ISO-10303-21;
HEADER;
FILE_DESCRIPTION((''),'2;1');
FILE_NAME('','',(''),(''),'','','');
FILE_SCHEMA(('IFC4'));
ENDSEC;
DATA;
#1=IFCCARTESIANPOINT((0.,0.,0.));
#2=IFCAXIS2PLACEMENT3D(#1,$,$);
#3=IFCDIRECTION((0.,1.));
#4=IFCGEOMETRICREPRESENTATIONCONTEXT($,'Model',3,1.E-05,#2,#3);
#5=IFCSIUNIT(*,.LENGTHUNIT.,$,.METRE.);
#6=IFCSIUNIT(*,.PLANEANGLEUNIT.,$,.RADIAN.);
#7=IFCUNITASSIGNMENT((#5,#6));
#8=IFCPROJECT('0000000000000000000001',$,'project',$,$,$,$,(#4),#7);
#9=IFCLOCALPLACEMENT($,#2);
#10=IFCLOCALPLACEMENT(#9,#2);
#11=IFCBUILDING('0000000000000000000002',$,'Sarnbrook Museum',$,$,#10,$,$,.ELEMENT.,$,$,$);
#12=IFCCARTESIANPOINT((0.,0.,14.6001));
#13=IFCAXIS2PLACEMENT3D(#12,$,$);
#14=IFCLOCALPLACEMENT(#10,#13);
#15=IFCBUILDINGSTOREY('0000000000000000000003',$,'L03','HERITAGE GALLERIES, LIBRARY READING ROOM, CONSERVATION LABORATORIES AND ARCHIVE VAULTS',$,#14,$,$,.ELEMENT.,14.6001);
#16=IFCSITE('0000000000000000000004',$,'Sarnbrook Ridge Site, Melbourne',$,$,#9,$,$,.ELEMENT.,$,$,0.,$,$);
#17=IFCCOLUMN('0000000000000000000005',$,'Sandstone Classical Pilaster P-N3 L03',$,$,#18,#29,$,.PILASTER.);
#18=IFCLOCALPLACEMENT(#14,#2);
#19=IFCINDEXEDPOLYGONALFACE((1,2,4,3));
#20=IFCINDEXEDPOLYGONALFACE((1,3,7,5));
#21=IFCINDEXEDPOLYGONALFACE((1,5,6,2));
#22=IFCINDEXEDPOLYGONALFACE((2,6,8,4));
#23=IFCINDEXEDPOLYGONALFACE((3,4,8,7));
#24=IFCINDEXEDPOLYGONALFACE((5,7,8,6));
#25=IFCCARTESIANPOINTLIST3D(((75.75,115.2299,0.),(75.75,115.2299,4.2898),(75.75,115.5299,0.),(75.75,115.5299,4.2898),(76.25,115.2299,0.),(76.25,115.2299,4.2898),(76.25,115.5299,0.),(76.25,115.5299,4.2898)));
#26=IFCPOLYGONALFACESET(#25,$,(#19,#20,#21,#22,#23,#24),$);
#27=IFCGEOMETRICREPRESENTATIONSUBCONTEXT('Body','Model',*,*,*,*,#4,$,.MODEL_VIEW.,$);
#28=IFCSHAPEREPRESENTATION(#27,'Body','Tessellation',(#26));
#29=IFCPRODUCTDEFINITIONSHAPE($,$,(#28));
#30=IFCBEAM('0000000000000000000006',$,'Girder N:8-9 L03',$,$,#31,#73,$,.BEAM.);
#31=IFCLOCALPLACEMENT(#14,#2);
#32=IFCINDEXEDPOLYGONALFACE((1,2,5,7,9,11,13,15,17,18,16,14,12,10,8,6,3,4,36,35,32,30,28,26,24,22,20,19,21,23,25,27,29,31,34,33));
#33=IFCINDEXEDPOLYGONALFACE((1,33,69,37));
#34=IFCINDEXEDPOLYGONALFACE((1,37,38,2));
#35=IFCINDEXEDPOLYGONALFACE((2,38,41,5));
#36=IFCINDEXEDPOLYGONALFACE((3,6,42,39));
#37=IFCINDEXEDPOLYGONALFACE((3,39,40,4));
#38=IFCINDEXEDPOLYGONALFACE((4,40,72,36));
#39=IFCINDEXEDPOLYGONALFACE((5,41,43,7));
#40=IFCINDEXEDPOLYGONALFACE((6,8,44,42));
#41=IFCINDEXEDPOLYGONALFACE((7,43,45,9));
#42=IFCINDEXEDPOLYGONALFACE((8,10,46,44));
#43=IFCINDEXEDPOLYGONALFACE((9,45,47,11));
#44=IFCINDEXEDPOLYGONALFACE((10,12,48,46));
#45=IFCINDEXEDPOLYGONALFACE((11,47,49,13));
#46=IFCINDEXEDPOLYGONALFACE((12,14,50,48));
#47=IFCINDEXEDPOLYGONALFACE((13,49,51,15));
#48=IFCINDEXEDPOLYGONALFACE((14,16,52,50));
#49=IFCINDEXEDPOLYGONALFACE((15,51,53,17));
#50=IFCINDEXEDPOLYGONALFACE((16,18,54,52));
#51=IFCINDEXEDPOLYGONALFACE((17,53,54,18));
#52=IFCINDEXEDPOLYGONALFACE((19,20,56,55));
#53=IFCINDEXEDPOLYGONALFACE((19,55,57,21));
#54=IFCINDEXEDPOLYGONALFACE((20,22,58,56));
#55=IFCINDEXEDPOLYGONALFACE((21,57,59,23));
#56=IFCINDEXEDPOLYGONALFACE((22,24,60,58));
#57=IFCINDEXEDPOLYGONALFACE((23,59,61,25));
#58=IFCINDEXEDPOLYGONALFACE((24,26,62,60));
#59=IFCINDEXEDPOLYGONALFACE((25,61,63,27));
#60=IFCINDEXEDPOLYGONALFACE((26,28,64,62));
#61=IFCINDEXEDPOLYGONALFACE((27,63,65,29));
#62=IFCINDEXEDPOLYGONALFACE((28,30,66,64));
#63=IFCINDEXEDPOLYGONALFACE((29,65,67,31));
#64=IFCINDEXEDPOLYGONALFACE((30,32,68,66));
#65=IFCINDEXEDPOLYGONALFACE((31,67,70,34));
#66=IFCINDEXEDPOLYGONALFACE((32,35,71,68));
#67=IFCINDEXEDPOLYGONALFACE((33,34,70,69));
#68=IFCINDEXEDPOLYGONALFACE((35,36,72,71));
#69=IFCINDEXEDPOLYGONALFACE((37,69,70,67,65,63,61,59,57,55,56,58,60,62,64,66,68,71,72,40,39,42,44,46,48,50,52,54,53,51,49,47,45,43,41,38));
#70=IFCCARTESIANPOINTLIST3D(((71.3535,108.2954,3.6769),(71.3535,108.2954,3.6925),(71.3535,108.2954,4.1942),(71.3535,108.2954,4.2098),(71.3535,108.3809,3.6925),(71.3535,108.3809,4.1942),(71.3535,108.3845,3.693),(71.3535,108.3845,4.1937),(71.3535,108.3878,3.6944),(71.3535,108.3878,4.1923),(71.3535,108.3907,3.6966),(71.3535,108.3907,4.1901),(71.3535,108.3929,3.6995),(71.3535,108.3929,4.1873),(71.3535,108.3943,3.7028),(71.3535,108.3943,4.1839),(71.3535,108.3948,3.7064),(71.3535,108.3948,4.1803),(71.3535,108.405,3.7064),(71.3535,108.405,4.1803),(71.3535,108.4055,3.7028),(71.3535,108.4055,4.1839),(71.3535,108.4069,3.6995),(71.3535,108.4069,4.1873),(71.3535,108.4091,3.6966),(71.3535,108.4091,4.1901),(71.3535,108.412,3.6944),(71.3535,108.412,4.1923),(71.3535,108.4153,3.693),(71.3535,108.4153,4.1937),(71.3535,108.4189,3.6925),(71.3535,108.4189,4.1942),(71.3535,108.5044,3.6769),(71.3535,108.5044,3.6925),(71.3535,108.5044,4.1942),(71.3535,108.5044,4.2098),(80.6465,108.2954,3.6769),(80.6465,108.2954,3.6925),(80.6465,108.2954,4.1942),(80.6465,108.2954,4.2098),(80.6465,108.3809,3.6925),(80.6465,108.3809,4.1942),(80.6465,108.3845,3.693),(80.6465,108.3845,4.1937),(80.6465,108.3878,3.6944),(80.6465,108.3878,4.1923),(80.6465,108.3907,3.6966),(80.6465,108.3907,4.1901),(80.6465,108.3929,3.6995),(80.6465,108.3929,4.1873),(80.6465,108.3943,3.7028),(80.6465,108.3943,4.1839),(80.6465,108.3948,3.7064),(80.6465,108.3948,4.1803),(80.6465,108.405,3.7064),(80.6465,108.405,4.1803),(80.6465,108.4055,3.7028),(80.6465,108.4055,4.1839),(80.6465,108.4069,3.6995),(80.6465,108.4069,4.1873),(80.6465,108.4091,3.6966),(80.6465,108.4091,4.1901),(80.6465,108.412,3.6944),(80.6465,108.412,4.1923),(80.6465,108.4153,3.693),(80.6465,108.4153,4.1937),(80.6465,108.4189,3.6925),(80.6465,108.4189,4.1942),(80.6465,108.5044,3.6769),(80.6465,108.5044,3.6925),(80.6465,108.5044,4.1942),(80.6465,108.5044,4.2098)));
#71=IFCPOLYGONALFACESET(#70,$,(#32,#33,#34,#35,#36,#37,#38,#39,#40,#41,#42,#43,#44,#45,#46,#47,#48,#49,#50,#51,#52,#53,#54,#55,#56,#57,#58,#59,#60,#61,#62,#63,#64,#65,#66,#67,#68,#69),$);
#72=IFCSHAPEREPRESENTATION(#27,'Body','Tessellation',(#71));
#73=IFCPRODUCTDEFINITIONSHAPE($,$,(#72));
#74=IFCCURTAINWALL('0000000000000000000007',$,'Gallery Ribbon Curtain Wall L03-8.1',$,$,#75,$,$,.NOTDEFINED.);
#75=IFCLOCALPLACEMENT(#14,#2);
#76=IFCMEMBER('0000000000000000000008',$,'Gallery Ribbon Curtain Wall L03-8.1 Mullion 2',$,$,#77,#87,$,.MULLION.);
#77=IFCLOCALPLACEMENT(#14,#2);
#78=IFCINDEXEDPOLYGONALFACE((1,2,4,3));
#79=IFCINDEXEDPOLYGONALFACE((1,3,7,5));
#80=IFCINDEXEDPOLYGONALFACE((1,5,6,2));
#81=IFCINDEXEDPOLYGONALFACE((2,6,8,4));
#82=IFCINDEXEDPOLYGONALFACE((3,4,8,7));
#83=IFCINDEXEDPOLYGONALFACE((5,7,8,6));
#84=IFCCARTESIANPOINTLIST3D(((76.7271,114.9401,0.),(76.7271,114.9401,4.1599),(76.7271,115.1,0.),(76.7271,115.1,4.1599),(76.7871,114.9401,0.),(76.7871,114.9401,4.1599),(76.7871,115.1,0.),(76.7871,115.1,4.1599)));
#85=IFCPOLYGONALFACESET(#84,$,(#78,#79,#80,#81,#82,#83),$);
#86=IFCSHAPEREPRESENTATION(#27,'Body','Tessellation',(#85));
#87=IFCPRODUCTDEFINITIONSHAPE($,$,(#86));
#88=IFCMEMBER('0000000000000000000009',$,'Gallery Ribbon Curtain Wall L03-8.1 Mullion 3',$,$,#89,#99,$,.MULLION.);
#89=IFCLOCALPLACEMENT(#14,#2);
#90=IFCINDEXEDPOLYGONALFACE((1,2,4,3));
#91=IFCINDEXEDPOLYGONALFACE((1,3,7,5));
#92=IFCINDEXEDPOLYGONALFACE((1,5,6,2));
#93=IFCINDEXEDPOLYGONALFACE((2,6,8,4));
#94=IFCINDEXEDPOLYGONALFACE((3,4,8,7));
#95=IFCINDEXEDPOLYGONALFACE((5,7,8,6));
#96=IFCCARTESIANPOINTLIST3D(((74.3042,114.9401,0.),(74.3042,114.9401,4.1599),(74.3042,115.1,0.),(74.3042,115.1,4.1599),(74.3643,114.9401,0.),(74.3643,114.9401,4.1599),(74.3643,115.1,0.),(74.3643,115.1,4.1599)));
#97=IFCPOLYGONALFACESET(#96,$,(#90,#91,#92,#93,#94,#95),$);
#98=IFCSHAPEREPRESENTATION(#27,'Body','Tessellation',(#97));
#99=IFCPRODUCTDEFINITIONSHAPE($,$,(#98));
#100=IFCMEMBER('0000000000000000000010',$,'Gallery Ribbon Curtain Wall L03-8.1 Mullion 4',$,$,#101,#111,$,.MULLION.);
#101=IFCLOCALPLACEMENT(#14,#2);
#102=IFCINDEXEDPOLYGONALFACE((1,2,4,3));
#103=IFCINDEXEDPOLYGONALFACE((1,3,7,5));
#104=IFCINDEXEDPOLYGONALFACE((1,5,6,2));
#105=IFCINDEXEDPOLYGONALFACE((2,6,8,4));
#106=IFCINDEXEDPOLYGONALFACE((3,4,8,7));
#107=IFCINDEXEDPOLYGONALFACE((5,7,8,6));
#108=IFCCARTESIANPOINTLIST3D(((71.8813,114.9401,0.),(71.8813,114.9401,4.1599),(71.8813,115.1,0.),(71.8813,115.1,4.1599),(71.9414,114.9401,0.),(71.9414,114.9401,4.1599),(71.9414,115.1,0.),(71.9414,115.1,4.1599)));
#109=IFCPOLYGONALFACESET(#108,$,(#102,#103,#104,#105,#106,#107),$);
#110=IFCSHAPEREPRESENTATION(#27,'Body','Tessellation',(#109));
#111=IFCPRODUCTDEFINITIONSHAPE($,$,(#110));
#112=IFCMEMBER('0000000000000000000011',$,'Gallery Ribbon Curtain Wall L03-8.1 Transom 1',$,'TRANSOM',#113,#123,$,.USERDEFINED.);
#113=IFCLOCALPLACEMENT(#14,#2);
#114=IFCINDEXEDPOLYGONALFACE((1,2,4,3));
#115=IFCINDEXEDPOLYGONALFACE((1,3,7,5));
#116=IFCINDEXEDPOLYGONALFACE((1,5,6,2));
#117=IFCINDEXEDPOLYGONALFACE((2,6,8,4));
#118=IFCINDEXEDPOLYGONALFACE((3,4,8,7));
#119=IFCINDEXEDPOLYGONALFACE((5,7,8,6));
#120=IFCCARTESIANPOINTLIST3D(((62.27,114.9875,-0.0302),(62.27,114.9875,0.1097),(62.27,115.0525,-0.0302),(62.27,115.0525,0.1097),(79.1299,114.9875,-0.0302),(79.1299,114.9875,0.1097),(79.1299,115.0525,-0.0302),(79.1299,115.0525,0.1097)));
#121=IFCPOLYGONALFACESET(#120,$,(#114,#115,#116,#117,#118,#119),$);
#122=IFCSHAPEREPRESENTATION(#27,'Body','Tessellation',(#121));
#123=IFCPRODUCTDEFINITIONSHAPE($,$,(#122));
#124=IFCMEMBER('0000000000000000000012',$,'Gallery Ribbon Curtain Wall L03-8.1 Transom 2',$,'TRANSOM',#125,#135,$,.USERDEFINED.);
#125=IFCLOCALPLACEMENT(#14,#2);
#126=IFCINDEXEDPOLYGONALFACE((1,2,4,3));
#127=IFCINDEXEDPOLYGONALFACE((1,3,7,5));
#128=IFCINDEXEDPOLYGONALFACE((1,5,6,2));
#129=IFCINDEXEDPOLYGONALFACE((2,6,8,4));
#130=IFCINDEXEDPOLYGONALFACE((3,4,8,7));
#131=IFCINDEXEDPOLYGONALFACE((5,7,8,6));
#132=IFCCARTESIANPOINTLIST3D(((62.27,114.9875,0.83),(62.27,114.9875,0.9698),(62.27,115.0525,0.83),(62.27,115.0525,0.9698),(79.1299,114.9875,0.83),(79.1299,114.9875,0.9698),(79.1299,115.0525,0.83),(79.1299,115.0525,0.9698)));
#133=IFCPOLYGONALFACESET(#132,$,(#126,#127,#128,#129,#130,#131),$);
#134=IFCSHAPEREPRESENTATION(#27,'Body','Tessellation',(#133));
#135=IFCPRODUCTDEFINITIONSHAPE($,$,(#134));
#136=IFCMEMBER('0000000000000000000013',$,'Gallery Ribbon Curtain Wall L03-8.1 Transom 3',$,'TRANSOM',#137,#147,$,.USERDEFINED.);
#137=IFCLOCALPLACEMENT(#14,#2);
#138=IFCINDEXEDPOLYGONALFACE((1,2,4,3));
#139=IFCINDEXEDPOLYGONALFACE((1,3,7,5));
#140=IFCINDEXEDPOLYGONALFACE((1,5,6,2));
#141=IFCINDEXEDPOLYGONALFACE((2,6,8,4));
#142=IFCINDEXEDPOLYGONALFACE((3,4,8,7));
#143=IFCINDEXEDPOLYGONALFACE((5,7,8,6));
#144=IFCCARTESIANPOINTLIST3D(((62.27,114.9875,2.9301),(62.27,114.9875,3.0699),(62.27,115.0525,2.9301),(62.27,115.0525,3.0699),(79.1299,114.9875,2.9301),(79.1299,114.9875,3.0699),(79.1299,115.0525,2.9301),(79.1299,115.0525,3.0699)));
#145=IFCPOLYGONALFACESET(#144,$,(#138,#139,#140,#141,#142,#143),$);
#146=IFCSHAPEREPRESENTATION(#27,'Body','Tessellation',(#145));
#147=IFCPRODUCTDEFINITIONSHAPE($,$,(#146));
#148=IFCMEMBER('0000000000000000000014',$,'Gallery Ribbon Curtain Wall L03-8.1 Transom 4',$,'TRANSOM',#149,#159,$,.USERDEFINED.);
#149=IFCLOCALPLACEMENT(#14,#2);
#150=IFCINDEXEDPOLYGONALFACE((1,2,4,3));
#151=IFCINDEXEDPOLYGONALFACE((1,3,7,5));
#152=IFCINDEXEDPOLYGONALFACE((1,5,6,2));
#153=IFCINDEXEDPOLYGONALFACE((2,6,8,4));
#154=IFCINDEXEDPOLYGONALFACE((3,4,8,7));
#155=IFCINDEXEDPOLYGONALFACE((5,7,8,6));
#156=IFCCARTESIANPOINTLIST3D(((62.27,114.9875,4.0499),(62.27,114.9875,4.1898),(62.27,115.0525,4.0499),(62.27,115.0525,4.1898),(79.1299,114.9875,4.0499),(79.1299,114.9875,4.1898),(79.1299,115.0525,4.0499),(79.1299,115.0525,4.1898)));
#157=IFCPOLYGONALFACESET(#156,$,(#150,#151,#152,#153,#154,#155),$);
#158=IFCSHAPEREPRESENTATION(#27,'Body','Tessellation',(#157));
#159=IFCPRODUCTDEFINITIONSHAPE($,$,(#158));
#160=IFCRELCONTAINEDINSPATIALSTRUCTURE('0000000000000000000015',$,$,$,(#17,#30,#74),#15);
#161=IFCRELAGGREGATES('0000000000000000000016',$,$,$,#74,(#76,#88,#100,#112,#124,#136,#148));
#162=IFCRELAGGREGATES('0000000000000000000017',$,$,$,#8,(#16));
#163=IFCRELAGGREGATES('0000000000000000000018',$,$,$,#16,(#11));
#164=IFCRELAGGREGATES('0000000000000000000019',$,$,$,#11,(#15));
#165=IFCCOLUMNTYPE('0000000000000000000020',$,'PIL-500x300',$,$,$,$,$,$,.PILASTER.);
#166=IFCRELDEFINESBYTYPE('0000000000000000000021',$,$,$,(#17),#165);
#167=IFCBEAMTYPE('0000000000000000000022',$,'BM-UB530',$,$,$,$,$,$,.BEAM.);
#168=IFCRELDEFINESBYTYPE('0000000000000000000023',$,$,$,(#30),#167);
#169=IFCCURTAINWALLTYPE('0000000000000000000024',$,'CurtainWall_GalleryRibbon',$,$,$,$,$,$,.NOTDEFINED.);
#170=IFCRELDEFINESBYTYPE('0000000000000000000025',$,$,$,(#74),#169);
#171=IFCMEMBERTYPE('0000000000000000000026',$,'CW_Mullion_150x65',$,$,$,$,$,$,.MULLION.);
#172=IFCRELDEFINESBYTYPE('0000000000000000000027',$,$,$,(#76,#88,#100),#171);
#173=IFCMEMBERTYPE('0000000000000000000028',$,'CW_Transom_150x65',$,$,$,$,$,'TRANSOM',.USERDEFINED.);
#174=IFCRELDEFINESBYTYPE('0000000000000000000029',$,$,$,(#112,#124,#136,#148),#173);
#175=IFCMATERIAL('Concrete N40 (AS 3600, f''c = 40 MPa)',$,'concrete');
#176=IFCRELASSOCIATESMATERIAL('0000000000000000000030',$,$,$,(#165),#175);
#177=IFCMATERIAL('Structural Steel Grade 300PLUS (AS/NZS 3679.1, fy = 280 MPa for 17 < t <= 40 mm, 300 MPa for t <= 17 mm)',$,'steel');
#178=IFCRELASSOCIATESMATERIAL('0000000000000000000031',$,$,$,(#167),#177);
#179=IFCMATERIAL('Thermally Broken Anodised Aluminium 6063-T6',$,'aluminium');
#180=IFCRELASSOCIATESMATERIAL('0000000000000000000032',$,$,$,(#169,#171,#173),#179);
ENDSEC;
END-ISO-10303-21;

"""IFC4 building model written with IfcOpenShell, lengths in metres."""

from ifc_helpers import new_model, si_unit, direction, frame, origin, origin_2d, place, context, subcontext, project, spatial, rectangle, i_section, extrude, material, material_profile, profile_set, type_object, element, aggregate, save


model = new_model("IFC4")

# Units and contexts
model_context = context("Model", 3, precision=1e-05, world=origin(), true_north=direction((0.0, 1.0)))
body_context = subcontext(model_context, "Body", "Model", "MODEL_VIEW")
ifc_project = project(units=[si_unit("LENGTHUNIT", "METRE"), si_unit("PLANEANGLEUNIT", "RADIAN")], contexts=[model_context])

# Site, building, storey
site_placement = place(None, origin())
site = spatial("IfcSite", under=ifc_project, at=site_placement, Name="Sarnbrook Ridge Site, Melbourne", CompositionType="ELEMENT", RefElevation=0.0)
building_placement = place(site_placement, origin())
building = spatial("IfcBuilding", under=site, at=building_placement, Name="Sarnbrook Museum", CompositionType="ELEMENT")
storey_placement = place(building_placement, frame((0.0, 0.0, 14.6001)))
storey = spatial("IfcBuildingStorey", under=building, at=storey_placement, Name="L03", Description="HERITAGE GALLERIES, LIBRARY READING ROOM, CONSERVATION LABORATORIES AND ARCHIVE VAULTS", CompositionType="ELEMENT", Elevation=14.6001)

# Column
ifc_material_1 = material(Name="Concrete N40 (AS 3600, f'c = 40 MPa)", Category="concrete")
ifc_material_profile_1 = material_profile(ifc_material_1, rectangle(XDim=0.5, YDim=0.3, at=origin_2d()), Name="PILASTER 500x300")
ifc_profile_set_1 = profile_set([ifc_material_profile_1], Name="Concrete N40 (AS 3600, f'c = 40 MPa)")
column_type = type_object("IfcColumnType", Name="PIL-500x300", PredefinedType="PILASTER", material=ifc_profile_set_1)
column_placement = place(storey_placement, frame((76.0, 115.3799, 0.0), z_axis=(0.0, 0.0, 1.0), x_axis=(1.0, 0.0, 0.0)))
element("IfcColumn", 1, at=column_placement, inside=storey, type_object=column_type, Name="Sandstone Classical Pilaster P-N3 L03", PredefinedType="PILASTER", context=body_context, shape_type="SweptSolid", body=[
    extrude(rectangle(XDim=0.5, YDim=0.3, at=origin_2d()), origin(), (0.0, 0.0, 1.0), 4.2898),
])

# Beam
ifc_material_2 = material(Name="Structural Steel Grade 300PLUS (AS/NZS 3679.1, fy = 280 MPa for 17 < t <= 40 mm, 300 MPa for t <= 17 mm)", Category="steel")
ifc_material_profile_2 = material_profile(ifc_material_2, i_section(OverallWidth=0.209, OverallDepth=0.533, WebThickness=0.0103, FlangeThickness=0.0156, FilletRadius=0.0139, at=origin_2d()), Name="530UB92.4")
ifc_profile_set_2 = profile_set([ifc_material_profile_2], Name="Structural Steel Grade 300PLUS (AS/NZS 3679.1, fy = 280 MPa for 17 < t <= 40 mm, 300 MPa for t <= 17 mm)")
beam_type_1 = type_object("IfcBeamType", Name="BM-UB530", PredefinedType="BEAM", material=ifc_profile_set_2)
beam_placement = place(storey_placement, frame((71.3535, 108.3999, 3.9434), z_axis=(1.0, 0.0, 0.0), x_axis=(0.0, 1.0, 0.0)))
element("IfcBeam", 2, at=beam_placement, inside=storey, type_object=beam_type_1, Name="Girder N:8-9 L03", PredefinedType="BEAM", context=body_context, shape_type="SweptSolid", body=[
    extrude(i_section(OverallWidth=0.209, OverallDepth=0.533, WebThickness=0.0103, FlangeThickness=0.0156, FilletRadius=0.0139, at=origin_2d()), origin(), (0.0, 0.0, 1.0), 9.293),
])

# Curtain wall, members
ifc_material_3 = material(Name="Thermally Broken Anodised Aluminium 6063-T6", Category="aluminium")
curtain_wall_type = type_object("IfcCurtainWallType", Name="CurtainWall_GalleryRibbon", PredefinedType="NOTDEFINED", material=ifc_material_3)
curtain_wall_placement = place(storey_placement, origin())
curtain_wall = element("IfcCurtainWall", 3, at=curtain_wall_placement, inside=storey, type_object=curtain_wall_type, Name="Gallery Ribbon Curtain Wall L03-8.1", PredefinedType="NOTDEFINED")
ifc_material_profile_3 = material_profile(ifc_material_3, rectangle(XDim=0.0601, YDim=0.1599, at=origin_2d()), Name="ALU MULLION 60x160")
ifc_profile_set_3 = profile_set([ifc_material_profile_3], Name="Thermally Broken Anodised Aluminium 6063-T6")
member_type_1 = type_object("IfcMemberType", Name="CW_Mullion_150x65", PredefinedType="MULLION", material=ifc_profile_set_3)
member_1_placement = place(storey_placement, frame((76.7571, 115.02, 0.0), z_axis=(0.0, 0.0, 1.0), x_axis=(1.0, 0.0, 0.0)))
member_1 = element("IfcMember", 4, at=member_1_placement, type_object=member_type_1, Name="Gallery Ribbon Curtain Wall L03-8.1 Mullion 2", PredefinedType="MULLION", context=body_context, shape_type="SweptSolid", body=[
    extrude(rectangle(XDim=0.0601, YDim=0.1599, at=origin_2d()), origin(), (0.0, 0.0, 1.0), 4.1599),
])
member_2_placement = place(storey_placement, frame((74.3342, 115.02, 0.0), z_axis=(0.0, 0.0, 1.0), x_axis=(1.0, 0.0, 0.0)))
member_2 = element("IfcMember", 5, at=member_2_placement, type_object=member_type_1, Name="Gallery Ribbon Curtain Wall L03-8.1 Mullion 3", PredefinedType="MULLION", context=body_context, shape_type="SweptSolid", body=[
    extrude(rectangle(XDim=0.0601, YDim=0.1599, at=origin_2d()), origin(), (0.0, 0.0, 1.0), 4.1599),
])
member_3_placement = place(storey_placement, frame((71.9114, 115.02, 0.0), z_axis=(0.0, 0.0, 1.0), x_axis=(1.0, 0.0, 0.0)))
member_3 = element("IfcMember", 6, at=member_3_placement, type_object=member_type_1, Name="Gallery Ribbon Curtain Wall L03-8.1 Mullion 4", PredefinedType="MULLION", context=body_context, shape_type="SweptSolid", body=[
    extrude(rectangle(XDim=0.0601, YDim=0.1599, at=origin_2d()), origin(), (0.0, 0.0, 1.0), 4.1599),
])
ifc_material_profile_4 = material_profile(ifc_material_3, rectangle(XDim=0.0649, YDim=0.1399, at=origin_2d()), Name="ALU TRANSOM 65x140")
ifc_profile_set_4 = profile_set([ifc_material_profile_4], Name="Thermally Broken Anodised Aluminium 6063-T6")
member_type_2 = type_object("IfcMemberType", Name="CW_Transom_150x65", ElementType="TRANSOM", PredefinedType="USERDEFINED", material=ifc_profile_set_4)
member_4_placement = place(storey_placement, frame((79.1299, 115.02, 0.0398), z_axis=(-1.0, 0.0, 0.0), x_axis=(0.0, -1.0, 0.0)))
member_4 = element("IfcMember", 7, at=member_4_placement, type_object=member_type_2, Name="Gallery Ribbon Curtain Wall L03-8.1 Transom 1", ObjectType="TRANSOM", PredefinedType="USERDEFINED", context=body_context, shape_type="SweptSolid", body=[
    extrude(rectangle(XDim=0.0649, YDim=0.1399, at=origin_2d()), origin(), (0.0, 0.0, 1.0), 16.8599),
])
member_5_placement = place(storey_placement, frame((79.1299, 115.02, 0.8999), z_axis=(-1.0, 0.0, 0.0), x_axis=(0.0, -1.0, 0.0)))
member_5 = element("IfcMember", 8, at=member_5_placement, type_object=member_type_2, Name="Gallery Ribbon Curtain Wall L03-8.1 Transom 2", ObjectType="TRANSOM", PredefinedType="USERDEFINED", context=body_context, shape_type="SweptSolid", body=[
    extrude(rectangle(XDim=0.0649, YDim=0.1399, at=origin_2d()), origin(), (0.0, 0.0, 1.0), 16.8599),
])
member_6_placement = place(storey_placement, frame((79.1299, 115.02, 3.0), z_axis=(-1.0, 0.0, 0.0), x_axis=(0.0, -1.0, 0.0)))
member_6 = element("IfcMember", 9, at=member_6_placement, type_object=member_type_2, Name="Gallery Ribbon Curtain Wall L03-8.1 Transom 3", ObjectType="TRANSOM", PredefinedType="USERDEFINED", context=body_context, shape_type="SweptSolid", body=[
    extrude(rectangle(XDim=0.0649, YDim=0.1399, at=origin_2d()), origin(), (0.0, 0.0, 1.0), 16.8599),
])
member_7_placement = place(storey_placement, frame((79.1299, 115.02, 4.1199), z_axis=(-1.0, 0.0, 0.0), x_axis=(0.0, -1.0, 0.0)))
member_7 = element("IfcMember", 10, at=member_7_placement, type_object=member_type_2, Name="Gallery Ribbon Curtain Wall L03-8.1 Transom 4", ObjectType="TRANSOM", PredefinedType="USERDEFINED", context=body_context, shape_type="SweptSolid", body=[
    extrude(rectangle(XDim=0.0649, YDim=0.1399, at=origin_2d()), origin(), (0.0, 0.0, 1.0), 16.8599),
])

aggregate(curtain_wall, [member_1, member_2, member_3, member_4, member_5, member_6, member_7])

save(model, "model.ifc")
